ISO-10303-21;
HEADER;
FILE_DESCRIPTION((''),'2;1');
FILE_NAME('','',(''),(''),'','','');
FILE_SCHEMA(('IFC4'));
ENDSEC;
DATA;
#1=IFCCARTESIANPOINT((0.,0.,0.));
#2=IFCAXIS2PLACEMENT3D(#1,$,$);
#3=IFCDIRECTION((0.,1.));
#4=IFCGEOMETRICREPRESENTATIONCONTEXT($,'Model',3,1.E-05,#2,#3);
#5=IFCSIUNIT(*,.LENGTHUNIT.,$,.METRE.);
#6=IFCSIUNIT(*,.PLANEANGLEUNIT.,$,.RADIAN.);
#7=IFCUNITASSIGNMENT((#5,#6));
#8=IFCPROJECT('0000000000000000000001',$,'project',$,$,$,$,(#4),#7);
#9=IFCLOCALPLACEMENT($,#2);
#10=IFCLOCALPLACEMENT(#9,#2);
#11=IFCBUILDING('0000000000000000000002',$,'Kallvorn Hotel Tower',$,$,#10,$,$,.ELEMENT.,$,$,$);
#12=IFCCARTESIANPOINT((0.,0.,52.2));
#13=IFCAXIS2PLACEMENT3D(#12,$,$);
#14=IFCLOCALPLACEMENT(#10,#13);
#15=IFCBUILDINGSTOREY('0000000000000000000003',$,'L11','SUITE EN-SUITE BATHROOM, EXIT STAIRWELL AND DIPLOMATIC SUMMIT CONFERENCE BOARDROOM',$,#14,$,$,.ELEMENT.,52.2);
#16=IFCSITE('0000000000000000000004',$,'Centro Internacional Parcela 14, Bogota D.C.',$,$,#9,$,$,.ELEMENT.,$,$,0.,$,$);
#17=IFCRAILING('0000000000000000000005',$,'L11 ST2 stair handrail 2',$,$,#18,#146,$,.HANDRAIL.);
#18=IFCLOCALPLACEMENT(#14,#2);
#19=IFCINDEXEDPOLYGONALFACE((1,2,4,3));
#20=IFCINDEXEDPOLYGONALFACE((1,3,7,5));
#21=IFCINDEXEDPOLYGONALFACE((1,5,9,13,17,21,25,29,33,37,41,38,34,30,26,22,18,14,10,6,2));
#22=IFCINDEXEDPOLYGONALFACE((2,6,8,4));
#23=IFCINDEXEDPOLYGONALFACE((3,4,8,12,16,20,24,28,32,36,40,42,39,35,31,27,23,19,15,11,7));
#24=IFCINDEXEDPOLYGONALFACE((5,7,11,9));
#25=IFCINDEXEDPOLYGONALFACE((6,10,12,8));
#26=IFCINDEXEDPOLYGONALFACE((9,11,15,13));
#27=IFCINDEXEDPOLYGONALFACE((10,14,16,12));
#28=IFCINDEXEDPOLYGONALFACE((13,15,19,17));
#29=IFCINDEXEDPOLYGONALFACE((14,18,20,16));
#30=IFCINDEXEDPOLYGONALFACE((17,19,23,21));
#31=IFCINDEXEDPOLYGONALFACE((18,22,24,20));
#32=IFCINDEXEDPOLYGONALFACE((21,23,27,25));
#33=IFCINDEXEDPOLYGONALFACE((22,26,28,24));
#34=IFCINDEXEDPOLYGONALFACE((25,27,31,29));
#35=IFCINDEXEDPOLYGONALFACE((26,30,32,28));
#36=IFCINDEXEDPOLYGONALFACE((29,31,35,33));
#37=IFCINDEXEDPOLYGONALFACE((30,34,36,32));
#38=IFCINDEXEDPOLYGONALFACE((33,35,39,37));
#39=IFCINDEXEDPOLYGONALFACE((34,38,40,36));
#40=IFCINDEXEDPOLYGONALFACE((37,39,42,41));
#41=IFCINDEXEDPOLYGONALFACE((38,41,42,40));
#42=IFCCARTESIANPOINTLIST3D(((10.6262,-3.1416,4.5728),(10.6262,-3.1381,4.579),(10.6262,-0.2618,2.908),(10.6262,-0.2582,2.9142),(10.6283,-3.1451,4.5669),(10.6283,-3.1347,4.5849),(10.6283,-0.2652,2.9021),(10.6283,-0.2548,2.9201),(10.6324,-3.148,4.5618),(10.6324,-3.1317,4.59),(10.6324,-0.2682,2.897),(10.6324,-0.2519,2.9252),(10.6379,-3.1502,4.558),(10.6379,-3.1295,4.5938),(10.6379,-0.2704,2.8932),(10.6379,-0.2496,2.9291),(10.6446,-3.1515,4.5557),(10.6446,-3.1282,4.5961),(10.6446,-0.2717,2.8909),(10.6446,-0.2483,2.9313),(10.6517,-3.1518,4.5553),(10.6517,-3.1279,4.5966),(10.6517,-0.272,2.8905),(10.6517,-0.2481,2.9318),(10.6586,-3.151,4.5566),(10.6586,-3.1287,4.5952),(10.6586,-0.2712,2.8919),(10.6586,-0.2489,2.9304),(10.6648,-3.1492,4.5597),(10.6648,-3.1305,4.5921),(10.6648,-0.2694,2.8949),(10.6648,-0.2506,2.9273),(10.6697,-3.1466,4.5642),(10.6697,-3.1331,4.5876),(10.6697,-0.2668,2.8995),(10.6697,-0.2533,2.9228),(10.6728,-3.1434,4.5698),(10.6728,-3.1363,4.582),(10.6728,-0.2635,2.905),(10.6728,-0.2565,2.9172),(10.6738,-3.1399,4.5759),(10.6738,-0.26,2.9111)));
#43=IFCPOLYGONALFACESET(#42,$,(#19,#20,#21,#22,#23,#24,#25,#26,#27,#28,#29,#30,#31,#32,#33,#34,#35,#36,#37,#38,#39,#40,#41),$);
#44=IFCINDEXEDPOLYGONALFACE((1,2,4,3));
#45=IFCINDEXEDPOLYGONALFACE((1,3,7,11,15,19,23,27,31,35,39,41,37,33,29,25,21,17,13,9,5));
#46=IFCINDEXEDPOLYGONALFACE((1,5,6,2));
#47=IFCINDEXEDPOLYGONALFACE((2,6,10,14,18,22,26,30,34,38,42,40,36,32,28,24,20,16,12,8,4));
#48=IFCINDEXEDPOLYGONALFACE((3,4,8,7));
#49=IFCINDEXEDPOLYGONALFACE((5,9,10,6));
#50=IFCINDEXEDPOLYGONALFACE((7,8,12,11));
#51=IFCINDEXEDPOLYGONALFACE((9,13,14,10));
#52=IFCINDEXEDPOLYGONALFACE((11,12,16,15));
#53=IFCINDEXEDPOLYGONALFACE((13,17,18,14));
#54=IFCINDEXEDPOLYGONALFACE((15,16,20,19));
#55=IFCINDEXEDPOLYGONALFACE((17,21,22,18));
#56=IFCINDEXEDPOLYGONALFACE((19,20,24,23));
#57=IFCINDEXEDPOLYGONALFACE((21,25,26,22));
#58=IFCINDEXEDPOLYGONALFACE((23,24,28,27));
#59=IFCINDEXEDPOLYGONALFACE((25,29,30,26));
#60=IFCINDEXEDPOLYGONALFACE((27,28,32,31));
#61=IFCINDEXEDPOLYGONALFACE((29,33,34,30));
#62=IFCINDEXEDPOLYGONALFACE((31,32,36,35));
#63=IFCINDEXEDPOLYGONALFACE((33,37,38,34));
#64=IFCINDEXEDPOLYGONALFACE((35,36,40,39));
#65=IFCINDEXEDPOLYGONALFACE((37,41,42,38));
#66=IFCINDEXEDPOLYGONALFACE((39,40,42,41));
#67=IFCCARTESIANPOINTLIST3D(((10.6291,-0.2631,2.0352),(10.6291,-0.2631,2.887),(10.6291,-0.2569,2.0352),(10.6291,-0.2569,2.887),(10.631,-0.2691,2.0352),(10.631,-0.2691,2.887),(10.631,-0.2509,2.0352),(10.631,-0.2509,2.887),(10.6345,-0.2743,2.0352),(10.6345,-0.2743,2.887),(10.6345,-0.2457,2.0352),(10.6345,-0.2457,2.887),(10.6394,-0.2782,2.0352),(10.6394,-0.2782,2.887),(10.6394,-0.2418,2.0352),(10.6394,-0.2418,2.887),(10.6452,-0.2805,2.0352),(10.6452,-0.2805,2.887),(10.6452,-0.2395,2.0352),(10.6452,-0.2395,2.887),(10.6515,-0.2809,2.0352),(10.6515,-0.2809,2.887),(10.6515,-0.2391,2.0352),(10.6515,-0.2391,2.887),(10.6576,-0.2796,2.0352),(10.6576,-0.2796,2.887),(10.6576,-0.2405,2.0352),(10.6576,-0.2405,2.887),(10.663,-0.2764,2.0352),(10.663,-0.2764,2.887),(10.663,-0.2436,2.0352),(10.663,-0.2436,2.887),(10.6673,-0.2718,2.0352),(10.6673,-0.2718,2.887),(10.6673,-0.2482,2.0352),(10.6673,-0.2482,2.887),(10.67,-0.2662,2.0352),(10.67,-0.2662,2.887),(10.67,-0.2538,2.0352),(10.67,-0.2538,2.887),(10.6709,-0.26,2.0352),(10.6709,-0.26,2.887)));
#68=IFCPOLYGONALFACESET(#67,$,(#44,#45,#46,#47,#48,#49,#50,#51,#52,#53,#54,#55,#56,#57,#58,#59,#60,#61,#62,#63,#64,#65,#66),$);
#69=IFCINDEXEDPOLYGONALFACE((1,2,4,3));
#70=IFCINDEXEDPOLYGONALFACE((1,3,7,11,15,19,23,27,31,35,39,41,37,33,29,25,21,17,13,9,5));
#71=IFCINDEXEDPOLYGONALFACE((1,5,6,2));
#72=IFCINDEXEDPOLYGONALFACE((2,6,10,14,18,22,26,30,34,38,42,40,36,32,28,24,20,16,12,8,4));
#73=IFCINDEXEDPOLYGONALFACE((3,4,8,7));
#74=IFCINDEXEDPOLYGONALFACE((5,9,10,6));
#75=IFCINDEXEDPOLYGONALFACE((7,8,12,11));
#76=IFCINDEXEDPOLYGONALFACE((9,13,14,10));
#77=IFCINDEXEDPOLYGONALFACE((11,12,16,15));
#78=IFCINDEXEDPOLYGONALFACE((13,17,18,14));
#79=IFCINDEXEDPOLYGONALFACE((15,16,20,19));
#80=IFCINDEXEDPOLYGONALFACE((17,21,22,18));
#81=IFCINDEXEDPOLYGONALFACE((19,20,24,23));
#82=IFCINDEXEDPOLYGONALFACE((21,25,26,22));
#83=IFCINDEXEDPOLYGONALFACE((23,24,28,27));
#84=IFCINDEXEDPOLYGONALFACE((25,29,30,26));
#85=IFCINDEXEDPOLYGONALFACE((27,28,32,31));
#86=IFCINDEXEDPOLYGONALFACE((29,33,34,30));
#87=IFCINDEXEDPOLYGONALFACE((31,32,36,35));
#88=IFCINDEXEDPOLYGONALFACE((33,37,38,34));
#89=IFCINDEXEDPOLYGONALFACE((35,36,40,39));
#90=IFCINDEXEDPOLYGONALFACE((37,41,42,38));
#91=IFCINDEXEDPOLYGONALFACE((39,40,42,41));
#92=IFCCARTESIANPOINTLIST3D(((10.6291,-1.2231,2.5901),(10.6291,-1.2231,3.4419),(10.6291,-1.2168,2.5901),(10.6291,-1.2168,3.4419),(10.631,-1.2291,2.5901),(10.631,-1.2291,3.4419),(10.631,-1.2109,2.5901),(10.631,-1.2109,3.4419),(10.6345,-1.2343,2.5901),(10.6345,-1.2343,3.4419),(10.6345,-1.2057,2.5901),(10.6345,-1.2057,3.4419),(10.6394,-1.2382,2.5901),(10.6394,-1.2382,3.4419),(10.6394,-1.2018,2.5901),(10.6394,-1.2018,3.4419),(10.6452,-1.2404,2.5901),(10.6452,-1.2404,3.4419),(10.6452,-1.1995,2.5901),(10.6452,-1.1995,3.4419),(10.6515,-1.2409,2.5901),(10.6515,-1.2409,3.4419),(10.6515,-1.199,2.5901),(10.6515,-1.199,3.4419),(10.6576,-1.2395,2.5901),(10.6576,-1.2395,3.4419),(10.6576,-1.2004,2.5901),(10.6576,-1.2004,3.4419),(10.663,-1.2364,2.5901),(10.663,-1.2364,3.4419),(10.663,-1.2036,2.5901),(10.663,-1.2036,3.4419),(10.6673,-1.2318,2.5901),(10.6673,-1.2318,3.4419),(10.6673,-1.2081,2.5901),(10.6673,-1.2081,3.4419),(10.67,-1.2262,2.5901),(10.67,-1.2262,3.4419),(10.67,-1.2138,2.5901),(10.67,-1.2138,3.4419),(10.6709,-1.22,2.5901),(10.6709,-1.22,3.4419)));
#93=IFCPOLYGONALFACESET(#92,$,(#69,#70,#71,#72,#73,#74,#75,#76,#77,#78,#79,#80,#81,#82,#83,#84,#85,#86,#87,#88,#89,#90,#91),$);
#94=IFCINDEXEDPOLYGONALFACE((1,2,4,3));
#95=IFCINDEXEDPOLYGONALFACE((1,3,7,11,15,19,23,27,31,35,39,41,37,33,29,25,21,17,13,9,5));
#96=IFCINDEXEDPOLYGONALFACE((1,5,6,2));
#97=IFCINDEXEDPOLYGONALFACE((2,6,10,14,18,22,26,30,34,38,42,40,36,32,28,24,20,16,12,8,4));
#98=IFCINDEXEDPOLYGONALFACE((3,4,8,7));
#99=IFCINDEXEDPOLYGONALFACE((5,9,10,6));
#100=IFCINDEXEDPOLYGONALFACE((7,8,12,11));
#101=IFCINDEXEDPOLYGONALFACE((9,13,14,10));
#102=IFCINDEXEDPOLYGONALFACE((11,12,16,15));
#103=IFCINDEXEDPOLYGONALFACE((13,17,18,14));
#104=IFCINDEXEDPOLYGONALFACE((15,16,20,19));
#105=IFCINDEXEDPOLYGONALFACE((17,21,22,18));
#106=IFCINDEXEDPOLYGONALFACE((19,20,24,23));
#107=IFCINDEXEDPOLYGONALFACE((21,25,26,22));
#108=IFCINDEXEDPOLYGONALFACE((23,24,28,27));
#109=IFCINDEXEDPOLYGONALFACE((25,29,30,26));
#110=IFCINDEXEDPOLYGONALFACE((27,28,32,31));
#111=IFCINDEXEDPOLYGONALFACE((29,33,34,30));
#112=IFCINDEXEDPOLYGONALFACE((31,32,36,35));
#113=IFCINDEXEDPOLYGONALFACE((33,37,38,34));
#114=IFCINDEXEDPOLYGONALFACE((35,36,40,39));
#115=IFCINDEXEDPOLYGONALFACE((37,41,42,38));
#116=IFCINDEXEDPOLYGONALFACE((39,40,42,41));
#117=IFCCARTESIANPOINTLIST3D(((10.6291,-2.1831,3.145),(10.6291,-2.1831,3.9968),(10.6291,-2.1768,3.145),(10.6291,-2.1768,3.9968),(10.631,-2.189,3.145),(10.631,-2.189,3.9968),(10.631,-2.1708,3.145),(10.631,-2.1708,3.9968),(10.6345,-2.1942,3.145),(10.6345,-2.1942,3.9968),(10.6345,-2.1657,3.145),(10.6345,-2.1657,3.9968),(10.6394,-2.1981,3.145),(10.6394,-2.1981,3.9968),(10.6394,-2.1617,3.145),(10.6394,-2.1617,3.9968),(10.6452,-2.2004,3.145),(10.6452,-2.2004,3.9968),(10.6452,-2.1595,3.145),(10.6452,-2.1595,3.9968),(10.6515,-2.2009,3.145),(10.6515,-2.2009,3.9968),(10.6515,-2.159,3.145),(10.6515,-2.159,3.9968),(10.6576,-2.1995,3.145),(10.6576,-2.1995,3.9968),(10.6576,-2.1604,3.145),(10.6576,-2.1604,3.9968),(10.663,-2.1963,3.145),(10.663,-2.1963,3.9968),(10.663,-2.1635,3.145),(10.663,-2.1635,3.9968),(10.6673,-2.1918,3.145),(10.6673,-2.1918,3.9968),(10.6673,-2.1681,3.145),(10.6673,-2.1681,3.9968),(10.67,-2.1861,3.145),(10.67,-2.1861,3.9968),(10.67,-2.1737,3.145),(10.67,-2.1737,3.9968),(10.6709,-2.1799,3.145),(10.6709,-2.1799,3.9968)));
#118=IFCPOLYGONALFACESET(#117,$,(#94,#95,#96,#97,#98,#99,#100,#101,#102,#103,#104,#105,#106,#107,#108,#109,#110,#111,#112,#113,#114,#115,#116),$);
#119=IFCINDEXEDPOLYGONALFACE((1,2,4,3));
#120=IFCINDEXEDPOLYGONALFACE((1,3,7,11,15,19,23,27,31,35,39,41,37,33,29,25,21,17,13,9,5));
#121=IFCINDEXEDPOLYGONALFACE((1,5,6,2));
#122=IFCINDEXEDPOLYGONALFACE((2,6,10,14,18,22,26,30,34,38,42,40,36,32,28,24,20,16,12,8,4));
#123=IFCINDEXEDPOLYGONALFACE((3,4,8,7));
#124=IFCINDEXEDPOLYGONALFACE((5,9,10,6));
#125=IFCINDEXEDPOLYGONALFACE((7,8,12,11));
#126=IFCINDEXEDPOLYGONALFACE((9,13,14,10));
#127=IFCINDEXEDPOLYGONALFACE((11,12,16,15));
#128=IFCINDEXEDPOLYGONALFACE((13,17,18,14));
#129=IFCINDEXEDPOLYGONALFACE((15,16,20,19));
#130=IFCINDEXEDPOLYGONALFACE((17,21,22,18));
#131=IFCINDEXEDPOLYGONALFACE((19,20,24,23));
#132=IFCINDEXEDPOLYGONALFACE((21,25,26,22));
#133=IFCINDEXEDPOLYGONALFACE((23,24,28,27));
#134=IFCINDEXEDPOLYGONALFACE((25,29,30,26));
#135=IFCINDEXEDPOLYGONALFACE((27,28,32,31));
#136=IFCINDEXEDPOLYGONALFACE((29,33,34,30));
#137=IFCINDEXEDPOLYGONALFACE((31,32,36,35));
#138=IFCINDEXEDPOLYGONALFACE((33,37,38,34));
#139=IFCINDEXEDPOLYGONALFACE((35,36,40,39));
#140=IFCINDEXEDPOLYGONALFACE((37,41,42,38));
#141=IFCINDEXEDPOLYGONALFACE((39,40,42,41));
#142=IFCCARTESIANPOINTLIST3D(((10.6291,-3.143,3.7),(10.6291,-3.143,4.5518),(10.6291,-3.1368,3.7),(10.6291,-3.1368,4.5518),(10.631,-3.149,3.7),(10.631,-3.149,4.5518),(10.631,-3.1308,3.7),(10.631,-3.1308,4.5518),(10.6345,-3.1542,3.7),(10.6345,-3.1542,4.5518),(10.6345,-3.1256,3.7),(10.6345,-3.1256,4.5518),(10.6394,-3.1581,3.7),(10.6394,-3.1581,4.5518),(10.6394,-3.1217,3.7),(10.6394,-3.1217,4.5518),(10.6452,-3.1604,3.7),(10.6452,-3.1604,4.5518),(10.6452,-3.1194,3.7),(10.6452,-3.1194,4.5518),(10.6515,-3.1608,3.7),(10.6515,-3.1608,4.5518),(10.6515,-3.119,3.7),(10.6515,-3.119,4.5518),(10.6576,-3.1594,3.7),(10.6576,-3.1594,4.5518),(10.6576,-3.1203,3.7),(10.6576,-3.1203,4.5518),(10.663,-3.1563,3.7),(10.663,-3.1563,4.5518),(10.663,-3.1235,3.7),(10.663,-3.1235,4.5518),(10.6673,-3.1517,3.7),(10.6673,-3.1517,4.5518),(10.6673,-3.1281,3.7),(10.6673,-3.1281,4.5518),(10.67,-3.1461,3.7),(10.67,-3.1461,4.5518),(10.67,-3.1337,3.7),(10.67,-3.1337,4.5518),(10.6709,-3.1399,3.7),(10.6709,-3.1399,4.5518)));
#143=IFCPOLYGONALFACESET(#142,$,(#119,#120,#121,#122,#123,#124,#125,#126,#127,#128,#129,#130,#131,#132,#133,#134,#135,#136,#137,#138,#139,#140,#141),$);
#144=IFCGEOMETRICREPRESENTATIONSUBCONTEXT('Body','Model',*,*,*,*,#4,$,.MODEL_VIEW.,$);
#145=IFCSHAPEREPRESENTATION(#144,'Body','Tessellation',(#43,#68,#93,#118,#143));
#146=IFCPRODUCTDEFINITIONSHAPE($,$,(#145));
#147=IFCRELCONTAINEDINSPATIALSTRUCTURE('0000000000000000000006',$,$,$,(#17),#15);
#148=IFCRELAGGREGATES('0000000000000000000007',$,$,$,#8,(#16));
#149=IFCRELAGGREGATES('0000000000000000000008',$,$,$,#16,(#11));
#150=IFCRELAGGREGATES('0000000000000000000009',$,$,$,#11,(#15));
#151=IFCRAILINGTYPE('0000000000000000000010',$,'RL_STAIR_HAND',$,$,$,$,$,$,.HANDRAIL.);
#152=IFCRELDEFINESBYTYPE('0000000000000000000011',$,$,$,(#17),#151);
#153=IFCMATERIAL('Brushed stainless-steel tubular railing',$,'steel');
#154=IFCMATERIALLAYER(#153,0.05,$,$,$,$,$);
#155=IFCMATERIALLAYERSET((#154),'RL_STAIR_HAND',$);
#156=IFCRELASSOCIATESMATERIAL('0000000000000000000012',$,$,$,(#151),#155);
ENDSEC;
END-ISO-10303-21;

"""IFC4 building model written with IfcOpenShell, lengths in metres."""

from ifc_helpers import new_model, si_unit, direction, frame, origin, origin_2d, place, context, subcontext, project, spatial, circle, extrude, material, layer, layer_set, type_object, element, save


model = new_model("IFC4")

# Units and contexts
model_context = context("Model", 3, precision=1e-05, world=origin(), true_north=direction((0.0, 1.0)))
body_context = subcontext(model_context, "Body", "Model", "MODEL_VIEW")
ifc_project = project(units=[si_unit("LENGTHUNIT", "METRE"), si_unit("PLANEANGLEUNIT", "RADIAN")], contexts=[model_context])

# Site, building, storey
site_placement = place(None, origin())
site = spatial("IfcSite", under=ifc_project, at=site_placement, Name="Centro Internacional Parcela 14, Bogota D.C.", CompositionType="ELEMENT", RefElevation=0.0)
building_placement = place(site_placement, origin())
building = spatial("IfcBuilding", under=site, at=building_placement, Name="Kallvorn Hotel Tower", CompositionType="ELEMENT")
storey_placement = place(building_placement, frame((0.0, 0.0, 52.2)))
storey = spatial("IfcBuildingStorey", under=building, at=storey_placement, Name="L11", Description="SUITE EN-SUITE BATHROOM, EXIT STAIRWELL AND DIPLOMATIC SUMMIT CONFERENCE BOARDROOM", CompositionType="ELEMENT", Elevation=52.2)

# Railing
ifc_material_1 = material(Name="Brushed stainless-steel tubular railing", Category="steel")
ifc_layer_1 = layer(ifc_material_1, 0.05)
ifc_layer_set_1 = layer_set([ifc_layer_1], Name="RL_STAIR_HAND")
railing_type_1 = type_object("IfcRailingType", Name="RL_STAIR_HAND", PredefinedType="HANDRAIL", material=ifc_layer_set_1)
railing_1_placement = place(storey_placement, frame((10.6499, -0.26, 2.0352)))
element("IfcRailing", 1, at=railing_1_placement, inside=storey, type_object=railing_type_1, Name="L11 ST2 stair handrail 2", PredefinedType="HANDRAIL", context=body_context, shape_type="SweptSolid", body=[
    extrude(circle(Radius=0.0239, at=origin_2d()), frame((0.0, 0.0, 0.876), z_axis=(0.0, -0.865753, 0.500472), x_axis=(1.0, 0.0, 0.0)), (0.0, 0.0, 1.0), 3.3264),
    extrude(circle(Radius=0.021, at=origin_2d()), origin(), (0.0, 0.0, 1.0), 0.8518),
    extrude(circle(Radius=0.021, at=origin_2d()), frame((0.0, -0.96, 0.5549)), (0.0, 0.0, 1.0), 0.8518),
    extrude(circle(Radius=0.021, at=origin_2d()), frame((0.0, -1.9199, 1.1099)), (0.0, 0.0, 1.0), 0.8518),
    extrude(circle(Radius=0.021, at=origin_2d()), frame((0.0, -2.8799, 1.6648)), (0.0, 0.0, 1.0), 0.8518),
])

save(model, "model.ifc")
